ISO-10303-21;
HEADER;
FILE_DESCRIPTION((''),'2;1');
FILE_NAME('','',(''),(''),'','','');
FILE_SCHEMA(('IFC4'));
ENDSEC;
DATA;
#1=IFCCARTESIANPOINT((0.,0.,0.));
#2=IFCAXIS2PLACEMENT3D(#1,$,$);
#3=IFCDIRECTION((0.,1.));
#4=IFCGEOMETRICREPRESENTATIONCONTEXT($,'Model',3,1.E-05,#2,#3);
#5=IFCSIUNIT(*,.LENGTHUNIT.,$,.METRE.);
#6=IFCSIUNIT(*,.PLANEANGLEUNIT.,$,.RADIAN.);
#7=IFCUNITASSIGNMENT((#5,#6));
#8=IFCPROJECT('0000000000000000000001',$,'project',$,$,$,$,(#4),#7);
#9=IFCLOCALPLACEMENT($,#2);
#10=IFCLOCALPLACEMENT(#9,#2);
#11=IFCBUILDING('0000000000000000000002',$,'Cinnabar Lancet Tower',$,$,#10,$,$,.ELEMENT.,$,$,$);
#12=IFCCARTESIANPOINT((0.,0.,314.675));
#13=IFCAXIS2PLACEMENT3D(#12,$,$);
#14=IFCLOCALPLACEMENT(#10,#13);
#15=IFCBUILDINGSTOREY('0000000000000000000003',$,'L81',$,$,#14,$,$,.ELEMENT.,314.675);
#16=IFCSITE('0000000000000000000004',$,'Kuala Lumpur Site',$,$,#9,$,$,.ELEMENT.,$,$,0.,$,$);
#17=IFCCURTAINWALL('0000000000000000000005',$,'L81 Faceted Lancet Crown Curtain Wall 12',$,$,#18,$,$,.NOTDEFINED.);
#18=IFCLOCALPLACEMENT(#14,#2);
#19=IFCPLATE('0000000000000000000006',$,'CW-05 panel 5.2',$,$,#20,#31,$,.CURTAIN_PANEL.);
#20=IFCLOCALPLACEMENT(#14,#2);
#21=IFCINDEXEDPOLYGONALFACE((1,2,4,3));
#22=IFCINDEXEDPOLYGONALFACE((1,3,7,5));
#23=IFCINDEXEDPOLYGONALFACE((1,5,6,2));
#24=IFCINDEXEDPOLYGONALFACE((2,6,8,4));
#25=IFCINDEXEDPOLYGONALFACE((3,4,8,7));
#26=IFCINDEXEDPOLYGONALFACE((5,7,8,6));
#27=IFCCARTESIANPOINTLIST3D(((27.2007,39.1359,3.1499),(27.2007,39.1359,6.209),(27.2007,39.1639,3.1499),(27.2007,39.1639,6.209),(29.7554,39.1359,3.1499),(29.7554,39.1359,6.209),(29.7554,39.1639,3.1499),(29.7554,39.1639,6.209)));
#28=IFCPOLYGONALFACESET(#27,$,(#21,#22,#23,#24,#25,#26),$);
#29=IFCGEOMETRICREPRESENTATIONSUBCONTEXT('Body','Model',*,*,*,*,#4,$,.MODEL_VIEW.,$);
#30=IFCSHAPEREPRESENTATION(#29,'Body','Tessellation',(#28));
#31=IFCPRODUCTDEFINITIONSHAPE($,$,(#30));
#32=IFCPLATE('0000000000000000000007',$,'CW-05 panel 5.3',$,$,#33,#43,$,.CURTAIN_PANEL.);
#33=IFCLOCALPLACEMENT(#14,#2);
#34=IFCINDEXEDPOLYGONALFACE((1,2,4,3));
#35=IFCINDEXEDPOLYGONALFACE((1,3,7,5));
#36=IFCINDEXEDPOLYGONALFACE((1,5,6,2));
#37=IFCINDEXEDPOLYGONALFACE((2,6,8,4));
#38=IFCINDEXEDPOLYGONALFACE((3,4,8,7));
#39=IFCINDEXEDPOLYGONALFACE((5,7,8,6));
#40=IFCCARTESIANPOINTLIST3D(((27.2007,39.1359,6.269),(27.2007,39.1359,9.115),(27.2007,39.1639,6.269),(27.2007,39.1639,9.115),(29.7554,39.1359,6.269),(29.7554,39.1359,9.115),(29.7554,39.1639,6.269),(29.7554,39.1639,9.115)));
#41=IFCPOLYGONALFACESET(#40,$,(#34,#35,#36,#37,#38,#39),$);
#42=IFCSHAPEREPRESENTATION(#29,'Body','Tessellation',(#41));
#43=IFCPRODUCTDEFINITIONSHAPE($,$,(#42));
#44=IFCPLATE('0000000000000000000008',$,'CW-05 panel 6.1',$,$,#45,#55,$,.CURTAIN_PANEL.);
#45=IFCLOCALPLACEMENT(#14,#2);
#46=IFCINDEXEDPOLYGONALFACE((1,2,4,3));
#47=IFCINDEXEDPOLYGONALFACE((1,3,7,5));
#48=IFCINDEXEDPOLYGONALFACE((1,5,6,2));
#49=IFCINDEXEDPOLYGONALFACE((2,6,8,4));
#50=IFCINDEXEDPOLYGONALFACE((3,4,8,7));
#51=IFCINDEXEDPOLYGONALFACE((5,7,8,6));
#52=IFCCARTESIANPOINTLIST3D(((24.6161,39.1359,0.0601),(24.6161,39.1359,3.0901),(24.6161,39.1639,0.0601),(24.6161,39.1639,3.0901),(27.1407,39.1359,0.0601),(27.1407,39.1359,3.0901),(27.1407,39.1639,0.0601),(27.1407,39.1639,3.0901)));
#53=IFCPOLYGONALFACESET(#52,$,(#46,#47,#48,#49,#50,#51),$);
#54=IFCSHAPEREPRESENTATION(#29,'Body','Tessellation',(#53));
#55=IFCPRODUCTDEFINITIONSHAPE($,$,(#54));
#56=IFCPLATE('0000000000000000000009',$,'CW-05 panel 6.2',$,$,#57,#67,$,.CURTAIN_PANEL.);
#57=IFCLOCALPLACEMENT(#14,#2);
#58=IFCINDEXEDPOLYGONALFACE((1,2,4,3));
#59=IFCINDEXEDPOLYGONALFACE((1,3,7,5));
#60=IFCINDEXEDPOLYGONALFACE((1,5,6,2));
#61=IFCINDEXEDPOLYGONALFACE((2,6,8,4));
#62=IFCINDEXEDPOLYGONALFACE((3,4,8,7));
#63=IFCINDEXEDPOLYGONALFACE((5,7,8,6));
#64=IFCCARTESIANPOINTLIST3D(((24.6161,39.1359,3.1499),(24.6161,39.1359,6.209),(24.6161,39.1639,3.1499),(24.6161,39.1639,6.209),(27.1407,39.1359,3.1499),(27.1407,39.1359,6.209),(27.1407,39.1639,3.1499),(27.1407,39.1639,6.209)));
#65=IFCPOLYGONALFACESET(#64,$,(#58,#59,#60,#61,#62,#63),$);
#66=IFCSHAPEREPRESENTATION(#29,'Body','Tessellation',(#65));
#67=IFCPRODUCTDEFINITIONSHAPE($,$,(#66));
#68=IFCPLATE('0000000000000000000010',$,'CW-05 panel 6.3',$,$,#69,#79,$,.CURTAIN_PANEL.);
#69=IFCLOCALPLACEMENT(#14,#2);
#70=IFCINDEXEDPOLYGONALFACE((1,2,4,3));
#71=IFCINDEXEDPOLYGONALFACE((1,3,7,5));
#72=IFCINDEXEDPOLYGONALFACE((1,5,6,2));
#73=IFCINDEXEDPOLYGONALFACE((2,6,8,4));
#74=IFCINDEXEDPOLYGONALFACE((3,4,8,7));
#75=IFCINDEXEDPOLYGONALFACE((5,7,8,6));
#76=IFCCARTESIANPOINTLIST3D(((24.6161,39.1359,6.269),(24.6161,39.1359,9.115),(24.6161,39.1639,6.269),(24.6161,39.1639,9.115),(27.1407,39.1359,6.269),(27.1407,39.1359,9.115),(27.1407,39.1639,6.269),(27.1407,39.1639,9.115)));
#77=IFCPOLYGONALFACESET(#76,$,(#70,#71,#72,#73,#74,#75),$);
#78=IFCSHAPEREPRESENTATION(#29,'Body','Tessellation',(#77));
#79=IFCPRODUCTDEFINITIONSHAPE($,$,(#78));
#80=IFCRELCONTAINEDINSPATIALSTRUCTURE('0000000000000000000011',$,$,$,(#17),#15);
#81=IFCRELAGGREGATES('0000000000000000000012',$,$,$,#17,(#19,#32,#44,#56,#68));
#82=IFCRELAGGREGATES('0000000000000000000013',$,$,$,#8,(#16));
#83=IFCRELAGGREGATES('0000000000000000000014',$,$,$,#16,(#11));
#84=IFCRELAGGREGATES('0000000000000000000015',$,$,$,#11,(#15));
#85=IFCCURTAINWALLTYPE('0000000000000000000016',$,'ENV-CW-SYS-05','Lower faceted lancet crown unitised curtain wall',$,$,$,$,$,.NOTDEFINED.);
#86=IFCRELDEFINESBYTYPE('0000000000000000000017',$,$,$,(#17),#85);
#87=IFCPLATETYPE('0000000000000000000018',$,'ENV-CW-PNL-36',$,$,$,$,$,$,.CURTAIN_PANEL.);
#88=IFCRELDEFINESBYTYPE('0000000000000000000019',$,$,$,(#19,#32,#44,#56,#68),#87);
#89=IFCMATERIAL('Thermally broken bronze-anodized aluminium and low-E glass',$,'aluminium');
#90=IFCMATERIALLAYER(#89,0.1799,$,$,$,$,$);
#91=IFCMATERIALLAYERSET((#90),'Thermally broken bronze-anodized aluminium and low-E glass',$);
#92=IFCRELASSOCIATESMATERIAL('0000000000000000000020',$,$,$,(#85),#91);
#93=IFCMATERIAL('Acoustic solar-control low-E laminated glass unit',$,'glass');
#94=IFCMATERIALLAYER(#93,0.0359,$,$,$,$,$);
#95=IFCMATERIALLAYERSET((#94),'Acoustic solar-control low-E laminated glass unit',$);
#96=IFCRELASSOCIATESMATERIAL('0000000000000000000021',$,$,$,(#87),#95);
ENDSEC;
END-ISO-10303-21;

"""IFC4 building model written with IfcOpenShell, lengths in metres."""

from ifc_helpers import new_model, si_unit, direction, frame, origin, origin_2d, place, context, subcontext, project, spatial, rectangle, extrude, material, layer, layer_set, type_object, element, aggregate, save


model = new_model("IFC4")

# Units and contexts
model_context = context("Model", 3, precision=1e-05, world=origin(), true_north=direction((0.0, 1.0)))
body_context = subcontext(model_context, "Body", "Model", "MODEL_VIEW")
ifc_project = project(units=[si_unit("LENGTHUNIT", "METRE"), si_unit("PLANEANGLEUNIT", "RADIAN")], contexts=[model_context])

# Site, building, storey
site_placement = place(None, origin())
site = spatial("IfcSite", under=ifc_project, at=site_placement, Name="Kuala Lumpur Site", CompositionType="ELEMENT", RefElevation=0.0)
building_placement = place(site_placement, origin())
building = spatial("IfcBuilding", under=site, at=building_placement, Name="Cinnabar Lancet Tower", CompositionType="ELEMENT")
storey_placement = place(building_placement, frame((0.0, 0.0, 314.675)))
storey = spatial("IfcBuildingStorey", under=building, at=storey_placement, Name="L81", CompositionType="ELEMENT", Elevation=314.675)

# Curtain wall
ifc_material_1 = material(Name="Thermally broken bronze-anodized aluminium and low-E glass", Category="aluminium")
ifc_layer_1 = layer(ifc_material_1, 0.1799)
ifc_layer_set_1 = layer_set([ifc_layer_1], Name="Thermally broken bronze-anodized aluminium and low-E glass")
curtain_wall_type = type_object("IfcCurtainWallType", Name="ENV-CW-SYS-05", Description="Lower faceted lancet crown unitised curtain wall", PredefinedType="NOTDEFINED", material=ifc_layer_set_1)
curtain_wall_1_placement = place(storey_placement, origin())
curtain_wall_1 = element("IfcCurtainWall", 1, at=curtain_wall_1_placement, inside=storey, type_object=curtain_wall_type, Name="L81 Faceted Lancet Crown Curtain Wall 12", PredefinedType="NOTDEFINED")

# Plates
ifc_material_2 = material(Name="Acoustic solar-control low-E laminated glass unit", Category="glass")
ifc_layer_2 = layer(ifc_material_2, 0.0359)
ifc_layer_set_2 = layer_set([ifc_layer_2], Name="Acoustic solar-control low-E laminated glass unit")
plate_type = type_object("IfcPlateType", Name="ENV-CW-PNL-36", PredefinedType="CURTAIN_PANEL", material=ifc_layer_set_2)
plate_1_placement = place(storey_placement, frame((28.478, 39.1499, 3.1499), z_axis=(0.0, 0.0, 1.0), x_axis=(-1.0, 0.0, 0.0)))
plate_1 = element("IfcPlate", 2, at=plate_1_placement, type_object=plate_type, Name="CW-05 panel 5.2", PredefinedType="CURTAIN_PANEL", context=body_context, shape_type="SweptSolid", body=[
    extrude(rectangle(XDim=2.5547, YDim=0.0281, at=origin_2d()), origin(), (0.0, 0.0, 1.0), 3.0591),
])
plate_2_placement = place(storey_placement, frame((28.478, 39.1499, 6.269), z_axis=(0.0, 0.0, 1.0), x_axis=(-1.0, 0.0, 0.0)))
plate_2 = element("IfcPlate", 3, at=plate_2_placement, type_object=plate_type, Name="CW-05 panel 5.3", PredefinedType="CURTAIN_PANEL", context=body_context, shape_type="SweptSolid", body=[
    extrude(rectangle(XDim=2.5547, YDim=0.0281, at=origin_2d()), origin(), (0.0, 0.0, 1.0), 2.8459),
])
plate_3_placement = place(storey_placement, frame((25.8784, 39.1499, 0.0601), z_axis=(0.0, 0.0, 1.0), x_axis=(-1.0, 0.0, 0.0)))
plate_3 = element("IfcPlate", 4, at=plate_3_placement, type_object=plate_type, Name="CW-05 panel 6.1", PredefinedType="CURTAIN_PANEL", context=body_context, shape_type="SweptSolid", body=[
    extrude(rectangle(XDim=2.5247, YDim=0.0281, at=origin_2d()), origin(), (0.0, 0.0, 1.0), 3.03),
])
plate_4_placement = place(storey_placement, frame((25.8784, 39.1499, 3.1499), z_axis=(0.0, 0.0, 1.0), x_axis=(-1.0, 0.0, 0.0)))
plate_4 = element("IfcPlate", 5, at=plate_4_placement, type_object=plate_type, Name="CW-05 panel 6.2", PredefinedType="CURTAIN_PANEL", context=body_context, shape_type="SweptSolid", body=[
    extrude(rectangle(XDim=2.5247, YDim=0.0281, at=origin_2d()), origin(), (0.0, 0.0, 1.0), 3.0591),
])
plate_5_placement = place(storey_placement, frame((25.8784, 39.1499, 6.269), z_axis=(0.0, 0.0, 1.0), x_axis=(-1.0, 0.0, 0.0)))
plate_5 = element("IfcPlate", 6, at=plate_5_placement, type_object=plate_type, Name="CW-05 panel 6.3", PredefinedType="CURTAIN_PANEL", context=body_context, shape_type="SweptSolid", body=[
    extrude(rectangle(XDim=2.5247, YDim=0.0281, at=origin_2d()), origin(), (0.0, 0.0, 1.0), 2.8459),
])
aggregate(curtain_wall_1, [plate_1, plate_2, plate_3, plate_4, plate_5])

save(model, "model.ifc")
